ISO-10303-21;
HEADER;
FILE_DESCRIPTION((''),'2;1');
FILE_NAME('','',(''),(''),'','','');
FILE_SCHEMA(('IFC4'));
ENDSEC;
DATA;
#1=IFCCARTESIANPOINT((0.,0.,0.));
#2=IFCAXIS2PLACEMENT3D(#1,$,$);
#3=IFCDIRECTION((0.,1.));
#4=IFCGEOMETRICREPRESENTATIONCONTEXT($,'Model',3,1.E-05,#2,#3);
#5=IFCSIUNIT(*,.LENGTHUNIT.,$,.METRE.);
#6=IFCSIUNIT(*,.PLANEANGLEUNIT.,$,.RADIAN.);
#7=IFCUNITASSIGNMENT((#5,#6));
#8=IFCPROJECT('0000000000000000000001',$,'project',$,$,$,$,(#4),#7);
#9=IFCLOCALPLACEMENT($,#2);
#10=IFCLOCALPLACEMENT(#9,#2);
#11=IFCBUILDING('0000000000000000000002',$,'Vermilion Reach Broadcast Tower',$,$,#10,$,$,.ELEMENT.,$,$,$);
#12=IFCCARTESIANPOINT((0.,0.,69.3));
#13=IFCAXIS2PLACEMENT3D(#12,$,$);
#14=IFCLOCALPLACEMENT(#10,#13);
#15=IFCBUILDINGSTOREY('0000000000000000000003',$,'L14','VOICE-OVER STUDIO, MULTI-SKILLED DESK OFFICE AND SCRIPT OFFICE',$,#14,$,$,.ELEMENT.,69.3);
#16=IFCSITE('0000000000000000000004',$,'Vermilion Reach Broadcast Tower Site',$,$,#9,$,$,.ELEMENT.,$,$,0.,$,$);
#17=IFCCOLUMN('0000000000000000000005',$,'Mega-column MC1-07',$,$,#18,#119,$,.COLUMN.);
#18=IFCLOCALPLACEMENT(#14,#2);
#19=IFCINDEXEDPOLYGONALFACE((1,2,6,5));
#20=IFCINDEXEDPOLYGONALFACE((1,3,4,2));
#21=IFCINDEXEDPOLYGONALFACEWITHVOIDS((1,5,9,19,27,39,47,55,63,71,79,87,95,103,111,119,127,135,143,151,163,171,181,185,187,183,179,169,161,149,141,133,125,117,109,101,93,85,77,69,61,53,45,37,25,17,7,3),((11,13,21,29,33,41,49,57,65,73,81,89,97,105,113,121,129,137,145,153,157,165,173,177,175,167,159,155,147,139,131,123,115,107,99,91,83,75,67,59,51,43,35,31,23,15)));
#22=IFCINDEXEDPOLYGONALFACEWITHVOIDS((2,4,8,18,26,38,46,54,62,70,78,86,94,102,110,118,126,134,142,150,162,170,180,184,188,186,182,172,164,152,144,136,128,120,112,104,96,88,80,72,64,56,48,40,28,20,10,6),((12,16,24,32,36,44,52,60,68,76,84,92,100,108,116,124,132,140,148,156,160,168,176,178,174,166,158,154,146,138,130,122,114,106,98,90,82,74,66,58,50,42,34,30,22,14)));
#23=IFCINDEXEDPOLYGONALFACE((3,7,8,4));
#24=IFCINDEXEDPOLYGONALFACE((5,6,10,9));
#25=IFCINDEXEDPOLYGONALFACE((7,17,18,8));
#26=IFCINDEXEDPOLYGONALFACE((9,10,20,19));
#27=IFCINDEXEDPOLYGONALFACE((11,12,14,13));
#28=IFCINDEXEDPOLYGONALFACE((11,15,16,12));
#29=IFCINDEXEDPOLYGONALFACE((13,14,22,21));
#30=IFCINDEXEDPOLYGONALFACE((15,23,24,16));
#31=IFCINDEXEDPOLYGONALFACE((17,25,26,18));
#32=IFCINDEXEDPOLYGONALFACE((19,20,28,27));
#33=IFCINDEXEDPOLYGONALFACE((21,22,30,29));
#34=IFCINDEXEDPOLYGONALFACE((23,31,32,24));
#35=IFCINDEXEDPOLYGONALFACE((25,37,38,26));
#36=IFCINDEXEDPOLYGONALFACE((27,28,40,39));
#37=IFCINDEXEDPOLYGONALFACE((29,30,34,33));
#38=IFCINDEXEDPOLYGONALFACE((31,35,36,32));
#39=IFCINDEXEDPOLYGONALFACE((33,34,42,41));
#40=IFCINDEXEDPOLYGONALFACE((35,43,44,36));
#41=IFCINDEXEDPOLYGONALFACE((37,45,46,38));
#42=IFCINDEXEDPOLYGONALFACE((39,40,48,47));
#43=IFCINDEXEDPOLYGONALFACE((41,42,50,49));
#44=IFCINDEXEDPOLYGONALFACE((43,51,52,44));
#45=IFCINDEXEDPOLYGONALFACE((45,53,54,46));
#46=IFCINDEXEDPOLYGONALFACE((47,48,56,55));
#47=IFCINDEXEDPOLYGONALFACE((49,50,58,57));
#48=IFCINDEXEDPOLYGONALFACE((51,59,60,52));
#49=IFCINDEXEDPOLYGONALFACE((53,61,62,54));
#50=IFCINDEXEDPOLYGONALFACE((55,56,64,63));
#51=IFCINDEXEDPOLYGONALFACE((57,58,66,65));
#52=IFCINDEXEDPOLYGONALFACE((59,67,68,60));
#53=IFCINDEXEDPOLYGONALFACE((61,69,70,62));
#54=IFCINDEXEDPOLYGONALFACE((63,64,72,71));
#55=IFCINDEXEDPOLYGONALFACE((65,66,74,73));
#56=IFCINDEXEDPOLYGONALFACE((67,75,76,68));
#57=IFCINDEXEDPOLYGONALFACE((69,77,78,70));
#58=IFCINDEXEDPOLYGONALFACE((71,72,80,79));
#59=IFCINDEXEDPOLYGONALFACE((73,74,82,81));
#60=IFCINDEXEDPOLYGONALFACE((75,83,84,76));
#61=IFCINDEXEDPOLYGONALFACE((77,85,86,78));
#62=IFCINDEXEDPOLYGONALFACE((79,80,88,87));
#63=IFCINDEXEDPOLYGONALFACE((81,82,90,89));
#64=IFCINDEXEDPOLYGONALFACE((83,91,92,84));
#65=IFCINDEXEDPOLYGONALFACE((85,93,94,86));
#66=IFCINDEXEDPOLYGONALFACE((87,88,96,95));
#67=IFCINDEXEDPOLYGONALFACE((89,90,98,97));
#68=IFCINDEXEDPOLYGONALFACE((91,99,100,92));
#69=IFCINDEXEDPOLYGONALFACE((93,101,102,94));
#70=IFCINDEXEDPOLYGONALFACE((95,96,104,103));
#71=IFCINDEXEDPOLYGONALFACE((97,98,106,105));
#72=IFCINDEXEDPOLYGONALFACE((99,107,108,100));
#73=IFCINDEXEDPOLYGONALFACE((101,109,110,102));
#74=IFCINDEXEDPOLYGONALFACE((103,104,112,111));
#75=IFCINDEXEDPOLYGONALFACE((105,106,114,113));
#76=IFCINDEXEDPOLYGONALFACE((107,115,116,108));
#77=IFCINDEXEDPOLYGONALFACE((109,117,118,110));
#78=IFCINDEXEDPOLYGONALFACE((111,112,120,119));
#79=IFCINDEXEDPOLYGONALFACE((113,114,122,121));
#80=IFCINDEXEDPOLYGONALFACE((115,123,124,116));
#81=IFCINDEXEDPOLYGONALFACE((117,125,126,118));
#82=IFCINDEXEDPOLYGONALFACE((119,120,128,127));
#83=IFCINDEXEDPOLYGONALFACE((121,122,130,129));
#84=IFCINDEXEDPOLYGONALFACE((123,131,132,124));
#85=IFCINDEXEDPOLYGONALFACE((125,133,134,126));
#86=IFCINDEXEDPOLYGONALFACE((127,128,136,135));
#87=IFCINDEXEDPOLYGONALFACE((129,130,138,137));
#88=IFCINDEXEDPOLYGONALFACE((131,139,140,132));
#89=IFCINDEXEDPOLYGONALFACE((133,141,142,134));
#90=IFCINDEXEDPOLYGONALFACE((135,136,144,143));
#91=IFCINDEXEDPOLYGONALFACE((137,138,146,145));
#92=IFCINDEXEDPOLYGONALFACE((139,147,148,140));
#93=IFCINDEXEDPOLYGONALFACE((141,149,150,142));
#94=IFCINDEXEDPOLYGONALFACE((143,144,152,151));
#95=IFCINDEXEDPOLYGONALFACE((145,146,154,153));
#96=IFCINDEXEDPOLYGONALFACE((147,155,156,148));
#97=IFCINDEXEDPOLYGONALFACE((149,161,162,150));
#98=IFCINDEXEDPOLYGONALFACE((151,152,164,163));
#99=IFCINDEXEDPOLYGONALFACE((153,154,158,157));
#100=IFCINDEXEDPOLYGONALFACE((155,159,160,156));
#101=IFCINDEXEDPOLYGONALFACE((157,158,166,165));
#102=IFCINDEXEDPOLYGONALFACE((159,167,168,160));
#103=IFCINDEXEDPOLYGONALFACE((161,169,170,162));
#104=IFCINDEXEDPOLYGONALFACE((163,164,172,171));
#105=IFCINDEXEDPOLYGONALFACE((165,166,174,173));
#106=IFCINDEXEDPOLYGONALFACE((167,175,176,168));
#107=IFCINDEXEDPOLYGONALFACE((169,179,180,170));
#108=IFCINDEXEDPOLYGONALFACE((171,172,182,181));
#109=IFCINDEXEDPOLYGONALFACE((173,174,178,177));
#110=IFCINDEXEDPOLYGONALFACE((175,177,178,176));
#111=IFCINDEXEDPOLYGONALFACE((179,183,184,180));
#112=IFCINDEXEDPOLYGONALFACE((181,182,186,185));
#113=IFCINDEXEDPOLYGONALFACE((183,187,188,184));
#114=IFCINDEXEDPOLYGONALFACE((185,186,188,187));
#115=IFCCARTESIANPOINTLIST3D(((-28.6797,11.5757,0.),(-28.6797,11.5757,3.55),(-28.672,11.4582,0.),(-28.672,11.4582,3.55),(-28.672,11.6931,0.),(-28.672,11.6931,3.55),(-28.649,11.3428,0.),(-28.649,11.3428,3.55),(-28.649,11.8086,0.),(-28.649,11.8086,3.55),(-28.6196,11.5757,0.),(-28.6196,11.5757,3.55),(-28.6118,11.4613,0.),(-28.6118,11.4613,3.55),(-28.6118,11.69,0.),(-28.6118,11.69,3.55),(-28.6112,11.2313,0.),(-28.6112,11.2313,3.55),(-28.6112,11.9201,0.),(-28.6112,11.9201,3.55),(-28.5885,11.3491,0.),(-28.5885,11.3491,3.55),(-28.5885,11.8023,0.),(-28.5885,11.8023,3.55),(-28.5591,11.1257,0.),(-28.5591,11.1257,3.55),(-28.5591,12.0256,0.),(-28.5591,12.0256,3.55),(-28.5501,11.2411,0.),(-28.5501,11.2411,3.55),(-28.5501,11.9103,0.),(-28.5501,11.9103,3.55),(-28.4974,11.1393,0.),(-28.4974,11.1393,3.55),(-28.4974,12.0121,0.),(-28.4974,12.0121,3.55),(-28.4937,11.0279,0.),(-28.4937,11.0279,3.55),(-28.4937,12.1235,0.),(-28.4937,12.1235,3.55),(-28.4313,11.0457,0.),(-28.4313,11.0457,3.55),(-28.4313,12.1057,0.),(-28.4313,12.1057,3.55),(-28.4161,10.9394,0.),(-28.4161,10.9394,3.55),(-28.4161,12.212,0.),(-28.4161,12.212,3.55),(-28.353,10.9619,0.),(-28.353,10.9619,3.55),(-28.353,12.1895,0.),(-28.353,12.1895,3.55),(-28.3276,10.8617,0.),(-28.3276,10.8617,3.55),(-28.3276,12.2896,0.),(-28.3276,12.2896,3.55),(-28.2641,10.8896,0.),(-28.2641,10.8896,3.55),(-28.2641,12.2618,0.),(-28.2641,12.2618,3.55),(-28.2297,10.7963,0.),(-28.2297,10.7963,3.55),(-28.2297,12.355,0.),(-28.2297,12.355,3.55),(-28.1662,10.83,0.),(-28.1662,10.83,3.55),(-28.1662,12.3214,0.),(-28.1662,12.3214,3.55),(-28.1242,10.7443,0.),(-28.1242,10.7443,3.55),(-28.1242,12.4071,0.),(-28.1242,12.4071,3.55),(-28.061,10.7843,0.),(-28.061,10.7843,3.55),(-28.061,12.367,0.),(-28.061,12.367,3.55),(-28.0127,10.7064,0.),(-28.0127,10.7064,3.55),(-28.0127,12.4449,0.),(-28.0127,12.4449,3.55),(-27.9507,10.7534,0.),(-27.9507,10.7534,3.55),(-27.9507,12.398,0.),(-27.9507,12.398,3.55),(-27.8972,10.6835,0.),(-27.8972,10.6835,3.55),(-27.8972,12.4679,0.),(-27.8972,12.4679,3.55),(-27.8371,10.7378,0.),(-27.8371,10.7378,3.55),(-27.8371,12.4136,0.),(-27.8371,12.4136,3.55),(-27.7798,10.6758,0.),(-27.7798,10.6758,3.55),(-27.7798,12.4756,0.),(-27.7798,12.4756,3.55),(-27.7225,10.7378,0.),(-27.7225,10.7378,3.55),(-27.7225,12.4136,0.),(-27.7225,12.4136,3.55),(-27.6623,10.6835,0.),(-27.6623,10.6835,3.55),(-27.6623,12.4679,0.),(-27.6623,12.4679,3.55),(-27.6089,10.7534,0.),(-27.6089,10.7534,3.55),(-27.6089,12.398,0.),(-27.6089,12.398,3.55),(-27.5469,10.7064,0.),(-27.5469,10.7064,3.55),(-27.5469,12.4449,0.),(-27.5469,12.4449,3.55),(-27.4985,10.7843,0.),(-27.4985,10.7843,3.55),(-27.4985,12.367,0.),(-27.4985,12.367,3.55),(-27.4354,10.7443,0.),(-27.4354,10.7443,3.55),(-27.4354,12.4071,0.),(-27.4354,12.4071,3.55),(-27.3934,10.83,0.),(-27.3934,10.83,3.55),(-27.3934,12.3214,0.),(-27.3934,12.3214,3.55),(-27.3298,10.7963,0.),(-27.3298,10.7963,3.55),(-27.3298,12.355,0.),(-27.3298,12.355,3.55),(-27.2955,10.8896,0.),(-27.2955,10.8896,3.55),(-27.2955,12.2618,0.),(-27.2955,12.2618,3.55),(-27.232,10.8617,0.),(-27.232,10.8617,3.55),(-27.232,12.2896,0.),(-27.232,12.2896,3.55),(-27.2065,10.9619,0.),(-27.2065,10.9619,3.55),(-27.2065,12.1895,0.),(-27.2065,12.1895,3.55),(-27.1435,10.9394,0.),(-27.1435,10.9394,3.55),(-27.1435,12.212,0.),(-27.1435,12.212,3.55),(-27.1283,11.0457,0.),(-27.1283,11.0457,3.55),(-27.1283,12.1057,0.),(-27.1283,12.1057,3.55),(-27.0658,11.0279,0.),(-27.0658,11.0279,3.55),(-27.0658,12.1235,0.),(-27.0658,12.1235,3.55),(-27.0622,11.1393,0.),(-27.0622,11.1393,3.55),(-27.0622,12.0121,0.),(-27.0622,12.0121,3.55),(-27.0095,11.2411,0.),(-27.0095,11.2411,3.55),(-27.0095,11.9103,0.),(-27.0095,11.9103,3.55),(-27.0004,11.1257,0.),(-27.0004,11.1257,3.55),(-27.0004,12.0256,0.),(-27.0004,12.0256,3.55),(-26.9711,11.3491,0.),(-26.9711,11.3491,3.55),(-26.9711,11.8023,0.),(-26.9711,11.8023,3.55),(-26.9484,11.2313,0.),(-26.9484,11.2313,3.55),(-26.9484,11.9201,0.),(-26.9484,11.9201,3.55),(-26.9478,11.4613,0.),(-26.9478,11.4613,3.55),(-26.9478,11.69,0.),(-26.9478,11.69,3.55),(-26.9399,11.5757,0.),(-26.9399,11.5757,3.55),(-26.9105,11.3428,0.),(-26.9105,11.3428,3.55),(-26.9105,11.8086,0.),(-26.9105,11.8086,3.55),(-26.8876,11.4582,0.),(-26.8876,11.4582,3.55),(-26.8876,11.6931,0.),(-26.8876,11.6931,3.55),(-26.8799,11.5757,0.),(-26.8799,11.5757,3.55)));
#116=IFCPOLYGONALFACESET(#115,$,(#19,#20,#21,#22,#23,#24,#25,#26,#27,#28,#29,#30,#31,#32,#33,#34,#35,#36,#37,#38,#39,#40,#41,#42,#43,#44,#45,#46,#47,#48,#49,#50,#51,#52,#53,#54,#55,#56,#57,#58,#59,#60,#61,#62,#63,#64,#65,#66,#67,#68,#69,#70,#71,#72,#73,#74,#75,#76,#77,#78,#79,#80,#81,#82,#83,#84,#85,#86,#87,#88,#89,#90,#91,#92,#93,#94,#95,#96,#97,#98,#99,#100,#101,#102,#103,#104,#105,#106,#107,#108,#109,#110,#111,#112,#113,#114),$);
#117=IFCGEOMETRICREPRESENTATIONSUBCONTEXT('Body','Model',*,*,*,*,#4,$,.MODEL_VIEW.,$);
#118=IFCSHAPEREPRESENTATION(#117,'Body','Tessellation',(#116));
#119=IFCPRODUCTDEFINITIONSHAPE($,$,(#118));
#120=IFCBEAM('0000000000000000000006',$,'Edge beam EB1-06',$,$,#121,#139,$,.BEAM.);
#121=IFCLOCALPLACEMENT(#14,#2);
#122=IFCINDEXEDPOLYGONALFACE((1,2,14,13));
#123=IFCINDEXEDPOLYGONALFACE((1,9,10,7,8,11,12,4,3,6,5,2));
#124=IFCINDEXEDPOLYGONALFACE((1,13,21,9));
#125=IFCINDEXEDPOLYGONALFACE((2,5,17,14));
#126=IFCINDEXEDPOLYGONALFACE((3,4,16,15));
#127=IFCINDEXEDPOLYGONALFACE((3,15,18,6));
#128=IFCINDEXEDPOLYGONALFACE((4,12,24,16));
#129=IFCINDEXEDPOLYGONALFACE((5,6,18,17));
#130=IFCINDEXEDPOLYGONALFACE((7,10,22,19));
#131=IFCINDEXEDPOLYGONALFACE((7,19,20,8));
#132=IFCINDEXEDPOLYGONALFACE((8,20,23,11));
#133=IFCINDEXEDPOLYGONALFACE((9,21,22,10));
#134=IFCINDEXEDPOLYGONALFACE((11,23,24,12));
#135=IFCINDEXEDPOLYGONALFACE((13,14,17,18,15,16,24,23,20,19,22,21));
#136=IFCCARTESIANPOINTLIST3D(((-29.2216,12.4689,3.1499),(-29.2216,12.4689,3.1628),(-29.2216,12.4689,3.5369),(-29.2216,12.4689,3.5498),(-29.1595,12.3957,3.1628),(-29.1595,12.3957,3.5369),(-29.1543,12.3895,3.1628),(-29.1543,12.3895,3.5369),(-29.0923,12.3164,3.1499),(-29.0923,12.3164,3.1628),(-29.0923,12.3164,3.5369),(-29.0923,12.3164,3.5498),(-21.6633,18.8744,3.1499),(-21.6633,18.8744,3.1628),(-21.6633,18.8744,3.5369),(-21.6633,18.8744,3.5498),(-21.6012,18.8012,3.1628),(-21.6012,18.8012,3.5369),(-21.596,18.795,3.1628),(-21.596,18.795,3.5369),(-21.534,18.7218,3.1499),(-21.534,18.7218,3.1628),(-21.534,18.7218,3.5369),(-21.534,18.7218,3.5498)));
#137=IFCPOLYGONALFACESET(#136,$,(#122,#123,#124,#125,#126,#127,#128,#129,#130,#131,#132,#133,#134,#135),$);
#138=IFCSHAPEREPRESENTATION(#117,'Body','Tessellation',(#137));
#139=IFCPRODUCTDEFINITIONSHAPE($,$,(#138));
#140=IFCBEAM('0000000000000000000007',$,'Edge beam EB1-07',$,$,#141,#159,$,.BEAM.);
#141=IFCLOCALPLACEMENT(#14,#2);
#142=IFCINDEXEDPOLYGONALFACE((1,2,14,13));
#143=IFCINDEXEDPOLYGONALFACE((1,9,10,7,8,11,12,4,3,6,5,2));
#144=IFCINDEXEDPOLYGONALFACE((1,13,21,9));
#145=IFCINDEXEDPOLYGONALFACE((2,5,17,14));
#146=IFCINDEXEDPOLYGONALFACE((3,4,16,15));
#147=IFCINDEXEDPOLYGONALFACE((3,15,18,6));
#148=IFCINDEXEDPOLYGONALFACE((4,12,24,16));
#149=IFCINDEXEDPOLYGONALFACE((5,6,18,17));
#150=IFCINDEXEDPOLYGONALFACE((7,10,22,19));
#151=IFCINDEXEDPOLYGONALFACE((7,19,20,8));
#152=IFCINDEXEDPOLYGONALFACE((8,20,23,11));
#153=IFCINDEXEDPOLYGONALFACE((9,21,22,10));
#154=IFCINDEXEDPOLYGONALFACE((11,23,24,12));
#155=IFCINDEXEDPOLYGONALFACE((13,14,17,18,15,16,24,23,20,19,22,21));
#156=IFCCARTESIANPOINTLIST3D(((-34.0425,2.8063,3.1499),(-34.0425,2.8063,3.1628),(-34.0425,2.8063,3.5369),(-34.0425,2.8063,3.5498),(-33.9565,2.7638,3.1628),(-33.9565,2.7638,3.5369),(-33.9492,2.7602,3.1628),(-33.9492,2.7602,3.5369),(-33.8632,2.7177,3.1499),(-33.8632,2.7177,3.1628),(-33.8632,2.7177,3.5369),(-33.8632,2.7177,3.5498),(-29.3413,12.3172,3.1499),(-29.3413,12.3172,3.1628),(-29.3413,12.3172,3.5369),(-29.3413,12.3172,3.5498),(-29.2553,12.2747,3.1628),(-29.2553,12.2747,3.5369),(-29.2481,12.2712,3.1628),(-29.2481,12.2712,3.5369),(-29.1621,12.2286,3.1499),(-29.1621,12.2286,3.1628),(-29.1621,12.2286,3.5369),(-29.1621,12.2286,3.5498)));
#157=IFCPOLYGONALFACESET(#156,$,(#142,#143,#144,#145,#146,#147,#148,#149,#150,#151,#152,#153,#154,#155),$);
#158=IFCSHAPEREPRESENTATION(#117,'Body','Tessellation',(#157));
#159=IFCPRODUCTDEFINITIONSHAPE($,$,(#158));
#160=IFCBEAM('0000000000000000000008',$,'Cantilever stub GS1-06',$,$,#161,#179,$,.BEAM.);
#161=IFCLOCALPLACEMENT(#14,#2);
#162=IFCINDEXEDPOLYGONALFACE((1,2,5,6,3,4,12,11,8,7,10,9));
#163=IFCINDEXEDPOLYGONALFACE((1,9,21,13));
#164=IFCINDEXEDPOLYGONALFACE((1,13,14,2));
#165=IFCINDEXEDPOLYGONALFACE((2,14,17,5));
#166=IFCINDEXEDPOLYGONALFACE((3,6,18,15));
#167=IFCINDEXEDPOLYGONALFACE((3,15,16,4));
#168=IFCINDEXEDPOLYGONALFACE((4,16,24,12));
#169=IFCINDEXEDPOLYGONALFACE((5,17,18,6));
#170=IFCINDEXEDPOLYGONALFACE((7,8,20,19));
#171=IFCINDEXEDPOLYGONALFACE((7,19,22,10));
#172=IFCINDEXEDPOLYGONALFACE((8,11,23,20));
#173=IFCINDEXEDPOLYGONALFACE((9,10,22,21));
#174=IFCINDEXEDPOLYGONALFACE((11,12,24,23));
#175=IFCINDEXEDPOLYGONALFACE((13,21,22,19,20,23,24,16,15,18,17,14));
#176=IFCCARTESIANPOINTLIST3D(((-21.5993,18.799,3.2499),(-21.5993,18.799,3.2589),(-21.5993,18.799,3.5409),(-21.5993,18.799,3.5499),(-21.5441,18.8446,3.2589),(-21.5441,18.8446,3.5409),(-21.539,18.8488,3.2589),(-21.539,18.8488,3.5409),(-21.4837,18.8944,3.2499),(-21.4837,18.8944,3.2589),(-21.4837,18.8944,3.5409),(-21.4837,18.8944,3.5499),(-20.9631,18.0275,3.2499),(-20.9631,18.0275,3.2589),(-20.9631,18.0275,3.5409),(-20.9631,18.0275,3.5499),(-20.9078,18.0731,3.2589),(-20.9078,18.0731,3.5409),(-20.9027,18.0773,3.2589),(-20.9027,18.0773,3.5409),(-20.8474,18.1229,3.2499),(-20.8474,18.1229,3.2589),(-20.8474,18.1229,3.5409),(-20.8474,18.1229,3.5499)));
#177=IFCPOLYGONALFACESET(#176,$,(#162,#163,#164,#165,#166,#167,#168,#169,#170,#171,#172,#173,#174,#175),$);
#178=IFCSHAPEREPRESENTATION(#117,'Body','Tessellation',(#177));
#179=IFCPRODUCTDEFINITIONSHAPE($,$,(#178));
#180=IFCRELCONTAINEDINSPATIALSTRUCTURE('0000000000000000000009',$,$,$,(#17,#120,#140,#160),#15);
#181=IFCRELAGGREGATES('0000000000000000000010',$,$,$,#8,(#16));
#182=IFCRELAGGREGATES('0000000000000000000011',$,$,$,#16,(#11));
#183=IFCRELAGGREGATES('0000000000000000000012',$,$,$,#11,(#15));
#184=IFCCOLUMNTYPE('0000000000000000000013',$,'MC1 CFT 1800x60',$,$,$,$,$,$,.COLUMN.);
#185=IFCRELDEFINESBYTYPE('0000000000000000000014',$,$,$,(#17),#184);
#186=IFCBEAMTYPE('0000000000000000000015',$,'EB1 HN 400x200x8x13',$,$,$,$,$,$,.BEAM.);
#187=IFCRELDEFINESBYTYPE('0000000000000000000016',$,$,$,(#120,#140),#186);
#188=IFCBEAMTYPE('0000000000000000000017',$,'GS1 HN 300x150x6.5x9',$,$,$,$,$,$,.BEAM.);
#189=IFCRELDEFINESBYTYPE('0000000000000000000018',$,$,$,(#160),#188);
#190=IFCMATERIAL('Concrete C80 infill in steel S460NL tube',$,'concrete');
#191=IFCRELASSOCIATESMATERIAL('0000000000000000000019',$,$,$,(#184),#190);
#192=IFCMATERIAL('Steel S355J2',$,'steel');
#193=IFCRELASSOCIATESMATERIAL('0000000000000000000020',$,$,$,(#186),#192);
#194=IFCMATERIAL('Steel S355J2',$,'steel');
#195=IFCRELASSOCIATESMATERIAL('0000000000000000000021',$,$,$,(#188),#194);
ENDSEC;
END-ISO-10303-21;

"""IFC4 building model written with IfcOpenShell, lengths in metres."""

from ifc_helpers import new_model, si_unit, direction, frame, origin, origin_2d, place, context, subcontext, project, spatial, hollow_circle, i_section, extrude, material, material_profile, profile_set, type_object, element, save


model = new_model("IFC4")

# Units and contexts
model_context = context("Model", 3, precision=1e-05, world=origin(), true_north=direction((0.0, 1.0)))
body_context = subcontext(model_context, "Body", "Model", "MODEL_VIEW")
ifc_project = project(units=[si_unit("LENGTHUNIT", "METRE"), si_unit("PLANEANGLEUNIT", "RADIAN")], contexts=[model_context])

# Site, building, storey
site_placement = place(None, origin())
site = spatial("IfcSite", under=ifc_project, at=site_placement, Name="Vermilion Reach Broadcast Tower Site", CompositionType="ELEMENT", RefElevation=0.0)
building_placement = place(site_placement, origin())
building = spatial("IfcBuilding", under=site, at=building_placement, Name="Vermilion Reach Broadcast Tower", CompositionType="ELEMENT")
storey_placement = place(building_placement, frame((0.0, 0.0, 69.3)))
storey = spatial("IfcBuildingStorey", under=building, at=storey_placement, Name="L14", Description="VOICE-OVER STUDIO, MULTI-SKILLED DESK OFFICE AND SCRIPT OFFICE", CompositionType="ELEMENT", Elevation=69.3)

# Column
ifc_material_1 = material(Name="Concrete C80 infill in steel S460NL tube", Category="concrete")
ifc_material_profile_1 = material_profile(ifc_material_1, hollow_circle(Radius=0.8999, WallThickness=0.0601, at=origin_2d()), Name="Concrete C80 infill in steel S460NL tube CFT 1800x60")
ifc_profile_set_1 = profile_set([ifc_material_profile_1], Name="Concrete C80 infill in steel S460NL tube")
column_type = type_object("IfcColumnType", Name="MC1 CFT 1800x60", PredefinedType="COLUMN", material=ifc_profile_set_1)
for number, where, z_axis, x_axis, name in (
    (1, (-27.7798, 11.5757, 0.0), (0.0, 0.0, 1.0), (1.0, 0.0, 0.0), "Mega-column MC1-07"),
):
    element("IfcColumn", number, at=place(storey_placement, frame(where, z_axis=z_axis, x_axis=x_axis)), inside=storey, type_object=column_type, Name=name, PredefinedType="COLUMN", context=body_context, shape_type="SweptSolid", body=[
        extrude(hollow_circle(Radius=0.8999, WallThickness=0.0601, at=origin_2d()), origin(), (0.0, 0.0, 1.0), 3.55),
    ])

# Beams
ifc_material_2 = material(Name="Steel S355J2", Category="steel")
ifc_material_profile_2 = material_profile(ifc_material_2, i_section(OverallWidth=0.2, OverallDepth=0.3999, WebThickness=0.0081, FlangeThickness=0.0129, at=origin_2d()), Name="S355J2 HN 400x200x8x13")
ifc_profile_set_2 = profile_set([ifc_material_profile_2], Name="Steel S355J2")
beam_type_1 = type_object("IfcBeamType", Name="EB1 HN 400x200x8x13", PredefinedType="BEAM", material=ifc_profile_set_2)
beam_1_placement = place(storey_placement, frame((-21.5986, 18.7981, 3.3499), z_axis=(-0.762889, -0.64653, 0.0), x_axis=(0.64653, -0.762889, 0.0)))
element("IfcBeam", 2, at=beam_1_placement, inside=storey, type_object=beam_type_1, Name="Edge beam EB1-06", PredefinedType="BEAM", context=body_context, shape_type="SweptSolid", body=[
    extrude(i_section(OverallWidth=0.2, OverallDepth=0.3999, WebThickness=0.0081, FlangeThickness=0.0129, at=origin_2d()), origin(), (0.0, 0.0, 1.0), 9.9075),
])
beam_2_placement = place(storey_placement, frame((-29.2517, 12.2729, 3.3499), z_axis=(-0.443113, -0.896466, 0.0), x_axis=(0.896466, -0.443113, 0.0)))
element("IfcBeam", 3, at=beam_2_placement, inside=storey, type_object=beam_type_1, Name="Edge beam EB1-07", PredefinedType="BEAM", context=body_context, shape_type="SweptSolid", body=[
    extrude(i_section(OverallWidth=0.2, OverallDepth=0.3999, WebThickness=0.0081, FlangeThickness=0.0129, at=origin_2d()), origin(), (0.0, 0.0, 1.0), 10.6094),
])
ifc_material_3 = material(Name="Steel S355J2", Category="steel")
ifc_material_profile_3 = material_profile(ifc_material_3, i_section(OverallWidth=0.1499, OverallDepth=0.3, WebThickness=0.0066, FlangeThickness=0.009, at=origin_2d()), Name="S355J2 HN 300x150x6.5x9")
ifc_profile_set_3 = profile_set([ifc_material_profile_3], Name="Steel S355J2")
beam_type_2 = type_object("IfcBeamType", Name="GS1 HN 300x150x6.5x9", PredefinedType="BEAM", material=ifc_profile_set_3)
for number, where, z_axis, x_axis, name in (
    (4, (-20.9053, 18.0752, 3.3999), (-0.636238, 0.771493, 0.0), (-0.771493, -0.636238, 0.0), "Cantilever stub GS1-06"),
):
    element("IfcBeam", number, at=place(storey_placement, frame(where, z_axis=z_axis, x_axis=x_axis)), inside=storey, type_object=beam_type_2, Name=name, PredefinedType="BEAM", context=body_context, shape_type="SweptSolid", body=[
        extrude(i_section(OverallWidth=0.1499, OverallDepth=0.3, WebThickness=0.0066, FlangeThickness=0.009, at=origin_2d()), origin(), (0.0, 0.0, 1.0), 1.0),
    ])

save(model, "model.ifc")
